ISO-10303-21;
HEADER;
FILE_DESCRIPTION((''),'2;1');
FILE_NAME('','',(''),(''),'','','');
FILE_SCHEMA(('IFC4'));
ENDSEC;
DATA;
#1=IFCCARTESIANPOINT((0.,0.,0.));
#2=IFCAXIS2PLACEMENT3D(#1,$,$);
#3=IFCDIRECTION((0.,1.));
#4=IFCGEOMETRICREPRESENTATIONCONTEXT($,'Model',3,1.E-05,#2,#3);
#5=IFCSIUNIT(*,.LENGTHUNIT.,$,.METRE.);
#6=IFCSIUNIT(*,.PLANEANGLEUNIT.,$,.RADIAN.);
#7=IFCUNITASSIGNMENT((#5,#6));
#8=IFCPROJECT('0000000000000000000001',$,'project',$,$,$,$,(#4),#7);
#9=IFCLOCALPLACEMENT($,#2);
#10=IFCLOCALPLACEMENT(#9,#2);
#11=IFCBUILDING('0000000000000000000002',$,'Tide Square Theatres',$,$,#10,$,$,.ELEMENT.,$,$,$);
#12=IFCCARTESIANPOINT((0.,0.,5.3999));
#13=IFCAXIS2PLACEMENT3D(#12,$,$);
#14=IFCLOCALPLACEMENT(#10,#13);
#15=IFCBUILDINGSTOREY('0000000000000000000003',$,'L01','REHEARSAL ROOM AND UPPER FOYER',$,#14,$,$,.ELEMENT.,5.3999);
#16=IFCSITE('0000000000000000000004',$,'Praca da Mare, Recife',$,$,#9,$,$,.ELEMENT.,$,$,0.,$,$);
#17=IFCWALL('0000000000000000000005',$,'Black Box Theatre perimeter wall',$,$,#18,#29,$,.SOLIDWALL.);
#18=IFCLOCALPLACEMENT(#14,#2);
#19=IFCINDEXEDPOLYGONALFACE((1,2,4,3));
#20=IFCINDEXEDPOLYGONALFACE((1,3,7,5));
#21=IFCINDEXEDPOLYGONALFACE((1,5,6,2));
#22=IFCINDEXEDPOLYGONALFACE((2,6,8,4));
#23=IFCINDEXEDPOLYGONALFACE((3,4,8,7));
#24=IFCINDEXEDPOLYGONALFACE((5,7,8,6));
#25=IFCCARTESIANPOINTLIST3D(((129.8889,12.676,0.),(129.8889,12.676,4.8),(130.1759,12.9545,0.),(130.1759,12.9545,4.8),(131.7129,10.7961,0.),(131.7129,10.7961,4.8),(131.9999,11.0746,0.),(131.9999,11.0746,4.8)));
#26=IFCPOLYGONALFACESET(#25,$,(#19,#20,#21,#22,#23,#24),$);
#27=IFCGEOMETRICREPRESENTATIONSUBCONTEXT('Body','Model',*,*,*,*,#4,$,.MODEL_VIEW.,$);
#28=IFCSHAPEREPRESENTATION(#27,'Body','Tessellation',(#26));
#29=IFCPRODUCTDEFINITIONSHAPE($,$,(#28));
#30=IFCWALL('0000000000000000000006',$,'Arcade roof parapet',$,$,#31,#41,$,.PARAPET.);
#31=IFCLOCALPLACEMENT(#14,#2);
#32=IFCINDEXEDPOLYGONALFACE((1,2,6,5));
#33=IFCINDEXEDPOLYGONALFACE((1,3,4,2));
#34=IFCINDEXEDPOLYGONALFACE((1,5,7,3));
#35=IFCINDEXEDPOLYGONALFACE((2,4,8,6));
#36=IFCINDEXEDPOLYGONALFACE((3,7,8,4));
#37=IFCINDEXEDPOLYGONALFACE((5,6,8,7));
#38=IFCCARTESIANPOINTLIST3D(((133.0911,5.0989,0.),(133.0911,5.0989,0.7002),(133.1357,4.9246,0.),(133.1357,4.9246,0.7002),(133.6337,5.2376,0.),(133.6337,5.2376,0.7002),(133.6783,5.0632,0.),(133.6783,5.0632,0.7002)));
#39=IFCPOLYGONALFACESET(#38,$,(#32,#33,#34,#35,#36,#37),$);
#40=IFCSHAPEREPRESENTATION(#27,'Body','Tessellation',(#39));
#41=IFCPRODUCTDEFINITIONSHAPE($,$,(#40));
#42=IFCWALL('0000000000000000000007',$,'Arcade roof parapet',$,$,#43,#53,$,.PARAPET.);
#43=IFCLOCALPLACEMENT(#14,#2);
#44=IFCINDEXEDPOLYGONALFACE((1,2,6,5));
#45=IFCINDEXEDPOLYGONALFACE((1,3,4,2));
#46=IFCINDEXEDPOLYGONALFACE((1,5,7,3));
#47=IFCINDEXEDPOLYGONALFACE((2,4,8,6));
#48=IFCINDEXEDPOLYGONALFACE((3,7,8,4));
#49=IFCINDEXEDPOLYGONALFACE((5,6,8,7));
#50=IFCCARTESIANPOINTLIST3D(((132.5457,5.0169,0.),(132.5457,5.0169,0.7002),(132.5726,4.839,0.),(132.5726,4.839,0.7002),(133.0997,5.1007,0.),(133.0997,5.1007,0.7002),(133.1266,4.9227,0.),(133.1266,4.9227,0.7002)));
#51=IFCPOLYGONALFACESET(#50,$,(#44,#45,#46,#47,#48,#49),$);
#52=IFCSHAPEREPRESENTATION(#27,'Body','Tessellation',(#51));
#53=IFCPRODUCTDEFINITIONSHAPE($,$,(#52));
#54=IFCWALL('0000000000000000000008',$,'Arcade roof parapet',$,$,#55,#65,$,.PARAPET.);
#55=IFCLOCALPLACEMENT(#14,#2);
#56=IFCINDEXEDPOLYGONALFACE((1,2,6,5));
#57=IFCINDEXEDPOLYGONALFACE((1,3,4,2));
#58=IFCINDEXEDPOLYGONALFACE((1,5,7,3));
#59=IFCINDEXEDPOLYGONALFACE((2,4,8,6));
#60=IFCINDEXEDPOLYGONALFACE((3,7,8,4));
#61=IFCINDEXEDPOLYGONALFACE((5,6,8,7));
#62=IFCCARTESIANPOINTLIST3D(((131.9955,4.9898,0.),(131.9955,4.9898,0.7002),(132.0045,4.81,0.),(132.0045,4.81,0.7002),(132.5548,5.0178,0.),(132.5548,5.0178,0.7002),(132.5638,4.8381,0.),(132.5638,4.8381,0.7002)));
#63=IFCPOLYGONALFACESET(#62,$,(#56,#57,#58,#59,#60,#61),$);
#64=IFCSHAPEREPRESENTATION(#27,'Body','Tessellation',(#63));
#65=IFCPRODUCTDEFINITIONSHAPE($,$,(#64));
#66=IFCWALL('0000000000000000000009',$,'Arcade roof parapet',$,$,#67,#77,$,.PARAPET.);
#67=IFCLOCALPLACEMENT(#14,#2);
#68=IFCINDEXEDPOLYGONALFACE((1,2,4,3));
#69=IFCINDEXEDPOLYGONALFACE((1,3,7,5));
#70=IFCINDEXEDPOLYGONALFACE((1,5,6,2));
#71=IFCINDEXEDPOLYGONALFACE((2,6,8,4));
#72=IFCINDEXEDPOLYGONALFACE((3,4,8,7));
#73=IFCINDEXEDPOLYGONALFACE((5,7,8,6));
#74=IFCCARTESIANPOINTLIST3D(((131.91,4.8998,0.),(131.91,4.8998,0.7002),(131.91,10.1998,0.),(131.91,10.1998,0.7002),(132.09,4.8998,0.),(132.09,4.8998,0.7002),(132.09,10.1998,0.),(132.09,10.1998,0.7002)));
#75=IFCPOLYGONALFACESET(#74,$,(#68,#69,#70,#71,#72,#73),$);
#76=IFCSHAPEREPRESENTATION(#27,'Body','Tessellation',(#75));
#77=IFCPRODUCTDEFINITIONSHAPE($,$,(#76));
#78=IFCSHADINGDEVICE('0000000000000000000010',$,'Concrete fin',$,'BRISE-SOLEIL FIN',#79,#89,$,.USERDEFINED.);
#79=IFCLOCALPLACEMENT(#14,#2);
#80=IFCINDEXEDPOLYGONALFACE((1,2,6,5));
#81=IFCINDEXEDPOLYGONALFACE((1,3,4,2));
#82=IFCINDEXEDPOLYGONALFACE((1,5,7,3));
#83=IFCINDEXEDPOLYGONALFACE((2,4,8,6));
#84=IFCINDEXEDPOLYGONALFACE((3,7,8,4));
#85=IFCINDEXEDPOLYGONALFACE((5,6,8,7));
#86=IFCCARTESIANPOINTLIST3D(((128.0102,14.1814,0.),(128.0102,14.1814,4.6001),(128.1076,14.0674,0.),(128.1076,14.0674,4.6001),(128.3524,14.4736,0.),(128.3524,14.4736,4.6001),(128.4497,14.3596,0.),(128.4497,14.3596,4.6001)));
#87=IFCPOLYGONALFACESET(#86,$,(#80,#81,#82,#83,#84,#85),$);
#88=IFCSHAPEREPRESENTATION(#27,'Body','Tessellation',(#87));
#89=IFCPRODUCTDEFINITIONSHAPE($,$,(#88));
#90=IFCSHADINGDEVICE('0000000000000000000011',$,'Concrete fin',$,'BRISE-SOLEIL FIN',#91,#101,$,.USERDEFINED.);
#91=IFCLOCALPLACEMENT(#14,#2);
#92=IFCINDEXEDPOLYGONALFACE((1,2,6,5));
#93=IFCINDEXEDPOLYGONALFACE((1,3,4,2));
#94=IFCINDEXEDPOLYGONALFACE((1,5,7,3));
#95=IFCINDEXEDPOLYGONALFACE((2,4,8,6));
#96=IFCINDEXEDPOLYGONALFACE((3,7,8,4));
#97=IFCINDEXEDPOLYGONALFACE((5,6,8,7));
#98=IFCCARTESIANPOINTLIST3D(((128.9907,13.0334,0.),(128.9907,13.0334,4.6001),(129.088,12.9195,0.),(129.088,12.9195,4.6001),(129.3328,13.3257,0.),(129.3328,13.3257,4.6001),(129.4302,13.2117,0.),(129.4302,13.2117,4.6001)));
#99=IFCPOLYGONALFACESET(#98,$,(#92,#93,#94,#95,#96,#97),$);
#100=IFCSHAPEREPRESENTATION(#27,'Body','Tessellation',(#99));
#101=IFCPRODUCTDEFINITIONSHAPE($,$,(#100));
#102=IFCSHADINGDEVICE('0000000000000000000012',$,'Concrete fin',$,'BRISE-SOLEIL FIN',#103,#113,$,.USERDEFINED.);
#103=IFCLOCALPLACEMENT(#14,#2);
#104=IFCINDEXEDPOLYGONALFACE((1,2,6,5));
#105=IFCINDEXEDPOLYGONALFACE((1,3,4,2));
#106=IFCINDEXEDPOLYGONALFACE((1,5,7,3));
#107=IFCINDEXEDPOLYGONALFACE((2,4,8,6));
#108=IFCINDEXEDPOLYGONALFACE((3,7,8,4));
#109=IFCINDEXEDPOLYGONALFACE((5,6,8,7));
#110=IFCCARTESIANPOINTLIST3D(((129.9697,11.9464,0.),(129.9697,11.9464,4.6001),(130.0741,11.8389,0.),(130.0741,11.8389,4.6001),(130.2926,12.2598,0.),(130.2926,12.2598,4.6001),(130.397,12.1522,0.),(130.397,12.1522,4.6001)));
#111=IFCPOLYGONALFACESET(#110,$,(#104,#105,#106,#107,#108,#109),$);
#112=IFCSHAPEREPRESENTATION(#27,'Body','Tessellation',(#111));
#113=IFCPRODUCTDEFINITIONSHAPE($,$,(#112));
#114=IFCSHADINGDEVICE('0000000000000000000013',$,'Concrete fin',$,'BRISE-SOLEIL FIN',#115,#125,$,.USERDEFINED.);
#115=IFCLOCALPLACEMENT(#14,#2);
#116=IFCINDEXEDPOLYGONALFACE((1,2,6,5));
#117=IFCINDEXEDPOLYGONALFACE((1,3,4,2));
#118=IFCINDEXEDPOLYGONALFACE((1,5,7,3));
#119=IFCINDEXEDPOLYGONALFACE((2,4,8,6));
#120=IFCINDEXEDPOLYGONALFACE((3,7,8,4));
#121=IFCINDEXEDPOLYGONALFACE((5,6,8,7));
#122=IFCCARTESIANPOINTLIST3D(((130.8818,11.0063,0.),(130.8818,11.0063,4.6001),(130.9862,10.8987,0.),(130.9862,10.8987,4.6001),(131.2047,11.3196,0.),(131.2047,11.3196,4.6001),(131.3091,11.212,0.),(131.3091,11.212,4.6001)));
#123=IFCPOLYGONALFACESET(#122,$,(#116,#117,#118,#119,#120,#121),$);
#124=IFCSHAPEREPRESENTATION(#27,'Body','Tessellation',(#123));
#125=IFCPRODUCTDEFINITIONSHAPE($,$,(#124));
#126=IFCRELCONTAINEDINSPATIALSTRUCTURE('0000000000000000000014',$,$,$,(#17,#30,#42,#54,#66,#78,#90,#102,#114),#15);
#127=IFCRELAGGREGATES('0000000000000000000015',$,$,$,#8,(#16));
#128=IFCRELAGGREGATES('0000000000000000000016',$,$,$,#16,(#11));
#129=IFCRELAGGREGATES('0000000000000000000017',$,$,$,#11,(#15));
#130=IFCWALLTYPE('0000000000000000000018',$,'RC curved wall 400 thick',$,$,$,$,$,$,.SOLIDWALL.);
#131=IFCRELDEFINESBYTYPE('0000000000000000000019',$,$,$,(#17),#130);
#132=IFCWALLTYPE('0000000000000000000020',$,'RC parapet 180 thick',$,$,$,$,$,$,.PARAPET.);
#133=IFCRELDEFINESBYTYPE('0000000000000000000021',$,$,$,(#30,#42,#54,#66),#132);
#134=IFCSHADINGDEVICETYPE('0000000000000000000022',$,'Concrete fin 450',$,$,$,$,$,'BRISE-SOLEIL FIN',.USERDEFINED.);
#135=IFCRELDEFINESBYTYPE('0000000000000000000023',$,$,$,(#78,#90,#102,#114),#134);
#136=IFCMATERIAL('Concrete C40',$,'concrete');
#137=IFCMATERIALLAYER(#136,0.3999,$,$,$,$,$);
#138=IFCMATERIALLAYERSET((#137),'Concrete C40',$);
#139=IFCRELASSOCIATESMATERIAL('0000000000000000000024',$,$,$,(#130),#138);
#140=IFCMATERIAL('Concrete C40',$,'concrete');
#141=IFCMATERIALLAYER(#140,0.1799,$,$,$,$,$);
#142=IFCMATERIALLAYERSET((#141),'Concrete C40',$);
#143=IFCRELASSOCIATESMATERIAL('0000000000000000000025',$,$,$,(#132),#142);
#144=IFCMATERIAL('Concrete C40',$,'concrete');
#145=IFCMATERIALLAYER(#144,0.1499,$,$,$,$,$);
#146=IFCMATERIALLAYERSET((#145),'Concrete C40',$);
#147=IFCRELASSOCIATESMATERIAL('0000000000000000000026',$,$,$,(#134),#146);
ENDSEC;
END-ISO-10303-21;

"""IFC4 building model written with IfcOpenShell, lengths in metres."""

from ifc_helpers import new_model, si_unit, direction, frame, frame_2d, origin, origin_2d, place, context, subcontext, project, spatial, rectangle, extrude, material, layer, layer_set, type_object, element, save


model = new_model("IFC4")

# Units and contexts
model_context = context("Model", 3, precision=1e-05, world=origin(), true_north=direction((0.0, 1.0)))
body_context = subcontext(model_context, "Body", "Model", "MODEL_VIEW")
ifc_project = project(units=[si_unit("LENGTHUNIT", "METRE"), si_unit("PLANEANGLEUNIT", "RADIAN")], contexts=[model_context])

# Site, building, storey
site_placement = place(None, origin())
site = spatial("IfcSite", under=ifc_project, at=site_placement, Name="Praca da Mare, Recife", CompositionType="ELEMENT", RefElevation=0.0)
building_placement = place(site_placement, origin())
building = spatial("IfcBuilding", under=site, at=building_placement, Name="Tide Square Theatres", CompositionType="ELEMENT")
storey_placement = place(building_placement, frame((0.0, 0.0, 5.3999)))
storey = spatial("IfcBuildingStorey", under=building, at=storey_placement, Name="L01", Description="REHEARSAL ROOM AND UPPER FOYER", CompositionType="ELEMENT", Elevation=5.3999)

# Shared definitions
ifc_material_1 = material(Name="Concrete C40", Category="concrete")
ifc_layer_1 = layer(ifc_material_1, 0.3999)
ifc_layer_set_1 = layer_set([ifc_layer_1], Name="Concrete C40")
wall_type_1 = type_object("IfcWallType", Name="RC curved wall 400 thick", PredefinedType="SOLIDWALL", material=ifc_layer_set_1)

# Walls
wall_1_placement = place(storey_placement, frame((130.0325, 12.8152, 0.0), z_axis=(0.0, 0.0, 1.0), x_axis=(0.696354, -0.717699, 0.0)))
element("IfcWall", 1, at=wall_1_placement, inside=storey, type_object=wall_type_1, Name="Black Box Theatre perimeter wall", PredefinedType="SOLIDWALL", context=body_context, shape_type="SweptSolid", body=[
    extrude(rectangle(XDim=2.6194, YDim=0.3999, at=frame_2d((1.3096, 0.0))), origin(), (0.0, 0.0, 1.0), 4.8),
])
ifc_material_2 = material(Name="Concrete C40", Category="concrete")
ifc_layer_2 = layer(ifc_material_2, 0.1799)
ifc_layer_set_2 = layer_set([ifc_layer_2], Name="Concrete C40")
wall_type_2 = type_object("IfcWallType", Name="RC parapet 180 thick", PredefinedType="PARAPET", material=ifc_layer_set_2)
wall_2_placement = place(storey_placement, frame((133.656, 5.1504, 0.0), z_axis=(0.0, 0.0, 1.0), x_axis=(-0.968873, -0.247557, 0.0)))
element("IfcWall", 2, at=wall_2_placement, inside=storey, type_object=wall_type_2, Name="Arcade roof parapet", PredefinedType="PARAPET", context=body_context, shape_type="SweptSolid", body=[
    extrude(rectangle(XDim=0.5601, YDim=0.1799, at=frame_2d((0.28, 0.0))), origin(), (0.0, 0.0, 1.0), 0.7002),
])
wall_3_placement = place(storey_placement, frame((133.1133, 5.0117, 0.0), z_axis=(0.0, 0.0, 1.0), x_axis=(-0.988766, -0.14947, 0.0)))
element("IfcWall", 3, at=wall_3_placement, inside=storey, type_object=wall_type_2, Name="Arcade roof parapet", PredefinedType="PARAPET", context=body_context, shape_type="SweptSolid", body=[
    extrude(rectangle(XDim=0.5603, YDim=0.1799, at=frame_2d((0.2803, 0.0))), origin(), (0.0, 0.0, 1.0), 0.7002),
])
wall_4_placement = place(storey_placement, frame((132.5593, 4.928, 0.0), z_axis=(0.0, 0.0, 1.0), x_axis=(-0.998743, -0.050133, 0.0)))
element("IfcWall", 4, at=wall_4_placement, inside=storey, type_object=wall_type_2, Name="Arcade roof parapet", PredefinedType="PARAPET", context=body_context, shape_type="SweptSolid", body=[
    extrude(rectangle(XDim=0.5601, YDim=0.1799, at=frame_2d((0.28, 0.0))), origin(), (0.0, 0.0, 1.0), 0.7002),
])
wall_5_placement = place(storey_placement, frame((132.0, 4.8999, 0.0), z_axis=(0.0, 0.0, 1.0), x_axis=(0.0, 1.0, 0.0)))
element("IfcWall", 5, at=wall_5_placement, inside=storey, type_object=wall_type_2, Name="Arcade roof parapet", PredefinedType="PARAPET", context=body_context, shape_type="SweptSolid", body=[
    extrude(rectangle(XDim=5.3, YDim=0.1799, at=frame_2d((2.6499, 0.0))), origin(), (0.0, 0.0, 1.0), 0.7002),
])

# Shading devices
ifc_material_3 = material(Name="Concrete C40", Category="concrete")
ifc_layer_3 = layer(ifc_material_3, 0.1499)
ifc_layer_set_3 = layer_set([ifc_layer_3], Name="Concrete C40")
shading_device_type = type_object("IfcShadingDeviceType", Name="Concrete fin 450", ElementType="BRISE-SOLEIL FIN", PredefinedType="USERDEFINED", material=ifc_layer_set_3)
for number, where, z_axis, x_axis, name in (
    (6, (128.23, 14.2705, 0.0), (0.0, 0.0, 1.0), (0.649435, -0.760417, 0.0), "Concrete fin"),
    (7, (129.2104, 13.1226, 0.0), (0.0, 0.0, 1.0), (0.649435, -0.760417, 0.0), "Concrete fin"),
    (8, (130.1833, 12.0493, 0.0), (0.0, 0.0, 1.0), (0.696351, -0.717701, 0.0), "Concrete fin"),
    (9, (131.0955, 11.1091, 0.0), (0.0, 0.0, 1.0), (0.696351, -0.717701, 0.0), "Concrete fin"),
):
    element("IfcShadingDevice", number, at=place(storey_placement, frame(where, z_axis=z_axis, x_axis=x_axis)), inside=storey, type_object=shading_device_type, Name=name, ObjectType="BRISE-SOLEIL FIN", PredefinedType="USERDEFINED", context=body_context, shape_type="SweptSolid", body=[
        extrude(rectangle(XDim=0.1499, YDim=0.45, at=origin_2d()), origin(), (0.0, 0.0, 1.0), 4.6001),
    ])

save(model, "model.ifc")
